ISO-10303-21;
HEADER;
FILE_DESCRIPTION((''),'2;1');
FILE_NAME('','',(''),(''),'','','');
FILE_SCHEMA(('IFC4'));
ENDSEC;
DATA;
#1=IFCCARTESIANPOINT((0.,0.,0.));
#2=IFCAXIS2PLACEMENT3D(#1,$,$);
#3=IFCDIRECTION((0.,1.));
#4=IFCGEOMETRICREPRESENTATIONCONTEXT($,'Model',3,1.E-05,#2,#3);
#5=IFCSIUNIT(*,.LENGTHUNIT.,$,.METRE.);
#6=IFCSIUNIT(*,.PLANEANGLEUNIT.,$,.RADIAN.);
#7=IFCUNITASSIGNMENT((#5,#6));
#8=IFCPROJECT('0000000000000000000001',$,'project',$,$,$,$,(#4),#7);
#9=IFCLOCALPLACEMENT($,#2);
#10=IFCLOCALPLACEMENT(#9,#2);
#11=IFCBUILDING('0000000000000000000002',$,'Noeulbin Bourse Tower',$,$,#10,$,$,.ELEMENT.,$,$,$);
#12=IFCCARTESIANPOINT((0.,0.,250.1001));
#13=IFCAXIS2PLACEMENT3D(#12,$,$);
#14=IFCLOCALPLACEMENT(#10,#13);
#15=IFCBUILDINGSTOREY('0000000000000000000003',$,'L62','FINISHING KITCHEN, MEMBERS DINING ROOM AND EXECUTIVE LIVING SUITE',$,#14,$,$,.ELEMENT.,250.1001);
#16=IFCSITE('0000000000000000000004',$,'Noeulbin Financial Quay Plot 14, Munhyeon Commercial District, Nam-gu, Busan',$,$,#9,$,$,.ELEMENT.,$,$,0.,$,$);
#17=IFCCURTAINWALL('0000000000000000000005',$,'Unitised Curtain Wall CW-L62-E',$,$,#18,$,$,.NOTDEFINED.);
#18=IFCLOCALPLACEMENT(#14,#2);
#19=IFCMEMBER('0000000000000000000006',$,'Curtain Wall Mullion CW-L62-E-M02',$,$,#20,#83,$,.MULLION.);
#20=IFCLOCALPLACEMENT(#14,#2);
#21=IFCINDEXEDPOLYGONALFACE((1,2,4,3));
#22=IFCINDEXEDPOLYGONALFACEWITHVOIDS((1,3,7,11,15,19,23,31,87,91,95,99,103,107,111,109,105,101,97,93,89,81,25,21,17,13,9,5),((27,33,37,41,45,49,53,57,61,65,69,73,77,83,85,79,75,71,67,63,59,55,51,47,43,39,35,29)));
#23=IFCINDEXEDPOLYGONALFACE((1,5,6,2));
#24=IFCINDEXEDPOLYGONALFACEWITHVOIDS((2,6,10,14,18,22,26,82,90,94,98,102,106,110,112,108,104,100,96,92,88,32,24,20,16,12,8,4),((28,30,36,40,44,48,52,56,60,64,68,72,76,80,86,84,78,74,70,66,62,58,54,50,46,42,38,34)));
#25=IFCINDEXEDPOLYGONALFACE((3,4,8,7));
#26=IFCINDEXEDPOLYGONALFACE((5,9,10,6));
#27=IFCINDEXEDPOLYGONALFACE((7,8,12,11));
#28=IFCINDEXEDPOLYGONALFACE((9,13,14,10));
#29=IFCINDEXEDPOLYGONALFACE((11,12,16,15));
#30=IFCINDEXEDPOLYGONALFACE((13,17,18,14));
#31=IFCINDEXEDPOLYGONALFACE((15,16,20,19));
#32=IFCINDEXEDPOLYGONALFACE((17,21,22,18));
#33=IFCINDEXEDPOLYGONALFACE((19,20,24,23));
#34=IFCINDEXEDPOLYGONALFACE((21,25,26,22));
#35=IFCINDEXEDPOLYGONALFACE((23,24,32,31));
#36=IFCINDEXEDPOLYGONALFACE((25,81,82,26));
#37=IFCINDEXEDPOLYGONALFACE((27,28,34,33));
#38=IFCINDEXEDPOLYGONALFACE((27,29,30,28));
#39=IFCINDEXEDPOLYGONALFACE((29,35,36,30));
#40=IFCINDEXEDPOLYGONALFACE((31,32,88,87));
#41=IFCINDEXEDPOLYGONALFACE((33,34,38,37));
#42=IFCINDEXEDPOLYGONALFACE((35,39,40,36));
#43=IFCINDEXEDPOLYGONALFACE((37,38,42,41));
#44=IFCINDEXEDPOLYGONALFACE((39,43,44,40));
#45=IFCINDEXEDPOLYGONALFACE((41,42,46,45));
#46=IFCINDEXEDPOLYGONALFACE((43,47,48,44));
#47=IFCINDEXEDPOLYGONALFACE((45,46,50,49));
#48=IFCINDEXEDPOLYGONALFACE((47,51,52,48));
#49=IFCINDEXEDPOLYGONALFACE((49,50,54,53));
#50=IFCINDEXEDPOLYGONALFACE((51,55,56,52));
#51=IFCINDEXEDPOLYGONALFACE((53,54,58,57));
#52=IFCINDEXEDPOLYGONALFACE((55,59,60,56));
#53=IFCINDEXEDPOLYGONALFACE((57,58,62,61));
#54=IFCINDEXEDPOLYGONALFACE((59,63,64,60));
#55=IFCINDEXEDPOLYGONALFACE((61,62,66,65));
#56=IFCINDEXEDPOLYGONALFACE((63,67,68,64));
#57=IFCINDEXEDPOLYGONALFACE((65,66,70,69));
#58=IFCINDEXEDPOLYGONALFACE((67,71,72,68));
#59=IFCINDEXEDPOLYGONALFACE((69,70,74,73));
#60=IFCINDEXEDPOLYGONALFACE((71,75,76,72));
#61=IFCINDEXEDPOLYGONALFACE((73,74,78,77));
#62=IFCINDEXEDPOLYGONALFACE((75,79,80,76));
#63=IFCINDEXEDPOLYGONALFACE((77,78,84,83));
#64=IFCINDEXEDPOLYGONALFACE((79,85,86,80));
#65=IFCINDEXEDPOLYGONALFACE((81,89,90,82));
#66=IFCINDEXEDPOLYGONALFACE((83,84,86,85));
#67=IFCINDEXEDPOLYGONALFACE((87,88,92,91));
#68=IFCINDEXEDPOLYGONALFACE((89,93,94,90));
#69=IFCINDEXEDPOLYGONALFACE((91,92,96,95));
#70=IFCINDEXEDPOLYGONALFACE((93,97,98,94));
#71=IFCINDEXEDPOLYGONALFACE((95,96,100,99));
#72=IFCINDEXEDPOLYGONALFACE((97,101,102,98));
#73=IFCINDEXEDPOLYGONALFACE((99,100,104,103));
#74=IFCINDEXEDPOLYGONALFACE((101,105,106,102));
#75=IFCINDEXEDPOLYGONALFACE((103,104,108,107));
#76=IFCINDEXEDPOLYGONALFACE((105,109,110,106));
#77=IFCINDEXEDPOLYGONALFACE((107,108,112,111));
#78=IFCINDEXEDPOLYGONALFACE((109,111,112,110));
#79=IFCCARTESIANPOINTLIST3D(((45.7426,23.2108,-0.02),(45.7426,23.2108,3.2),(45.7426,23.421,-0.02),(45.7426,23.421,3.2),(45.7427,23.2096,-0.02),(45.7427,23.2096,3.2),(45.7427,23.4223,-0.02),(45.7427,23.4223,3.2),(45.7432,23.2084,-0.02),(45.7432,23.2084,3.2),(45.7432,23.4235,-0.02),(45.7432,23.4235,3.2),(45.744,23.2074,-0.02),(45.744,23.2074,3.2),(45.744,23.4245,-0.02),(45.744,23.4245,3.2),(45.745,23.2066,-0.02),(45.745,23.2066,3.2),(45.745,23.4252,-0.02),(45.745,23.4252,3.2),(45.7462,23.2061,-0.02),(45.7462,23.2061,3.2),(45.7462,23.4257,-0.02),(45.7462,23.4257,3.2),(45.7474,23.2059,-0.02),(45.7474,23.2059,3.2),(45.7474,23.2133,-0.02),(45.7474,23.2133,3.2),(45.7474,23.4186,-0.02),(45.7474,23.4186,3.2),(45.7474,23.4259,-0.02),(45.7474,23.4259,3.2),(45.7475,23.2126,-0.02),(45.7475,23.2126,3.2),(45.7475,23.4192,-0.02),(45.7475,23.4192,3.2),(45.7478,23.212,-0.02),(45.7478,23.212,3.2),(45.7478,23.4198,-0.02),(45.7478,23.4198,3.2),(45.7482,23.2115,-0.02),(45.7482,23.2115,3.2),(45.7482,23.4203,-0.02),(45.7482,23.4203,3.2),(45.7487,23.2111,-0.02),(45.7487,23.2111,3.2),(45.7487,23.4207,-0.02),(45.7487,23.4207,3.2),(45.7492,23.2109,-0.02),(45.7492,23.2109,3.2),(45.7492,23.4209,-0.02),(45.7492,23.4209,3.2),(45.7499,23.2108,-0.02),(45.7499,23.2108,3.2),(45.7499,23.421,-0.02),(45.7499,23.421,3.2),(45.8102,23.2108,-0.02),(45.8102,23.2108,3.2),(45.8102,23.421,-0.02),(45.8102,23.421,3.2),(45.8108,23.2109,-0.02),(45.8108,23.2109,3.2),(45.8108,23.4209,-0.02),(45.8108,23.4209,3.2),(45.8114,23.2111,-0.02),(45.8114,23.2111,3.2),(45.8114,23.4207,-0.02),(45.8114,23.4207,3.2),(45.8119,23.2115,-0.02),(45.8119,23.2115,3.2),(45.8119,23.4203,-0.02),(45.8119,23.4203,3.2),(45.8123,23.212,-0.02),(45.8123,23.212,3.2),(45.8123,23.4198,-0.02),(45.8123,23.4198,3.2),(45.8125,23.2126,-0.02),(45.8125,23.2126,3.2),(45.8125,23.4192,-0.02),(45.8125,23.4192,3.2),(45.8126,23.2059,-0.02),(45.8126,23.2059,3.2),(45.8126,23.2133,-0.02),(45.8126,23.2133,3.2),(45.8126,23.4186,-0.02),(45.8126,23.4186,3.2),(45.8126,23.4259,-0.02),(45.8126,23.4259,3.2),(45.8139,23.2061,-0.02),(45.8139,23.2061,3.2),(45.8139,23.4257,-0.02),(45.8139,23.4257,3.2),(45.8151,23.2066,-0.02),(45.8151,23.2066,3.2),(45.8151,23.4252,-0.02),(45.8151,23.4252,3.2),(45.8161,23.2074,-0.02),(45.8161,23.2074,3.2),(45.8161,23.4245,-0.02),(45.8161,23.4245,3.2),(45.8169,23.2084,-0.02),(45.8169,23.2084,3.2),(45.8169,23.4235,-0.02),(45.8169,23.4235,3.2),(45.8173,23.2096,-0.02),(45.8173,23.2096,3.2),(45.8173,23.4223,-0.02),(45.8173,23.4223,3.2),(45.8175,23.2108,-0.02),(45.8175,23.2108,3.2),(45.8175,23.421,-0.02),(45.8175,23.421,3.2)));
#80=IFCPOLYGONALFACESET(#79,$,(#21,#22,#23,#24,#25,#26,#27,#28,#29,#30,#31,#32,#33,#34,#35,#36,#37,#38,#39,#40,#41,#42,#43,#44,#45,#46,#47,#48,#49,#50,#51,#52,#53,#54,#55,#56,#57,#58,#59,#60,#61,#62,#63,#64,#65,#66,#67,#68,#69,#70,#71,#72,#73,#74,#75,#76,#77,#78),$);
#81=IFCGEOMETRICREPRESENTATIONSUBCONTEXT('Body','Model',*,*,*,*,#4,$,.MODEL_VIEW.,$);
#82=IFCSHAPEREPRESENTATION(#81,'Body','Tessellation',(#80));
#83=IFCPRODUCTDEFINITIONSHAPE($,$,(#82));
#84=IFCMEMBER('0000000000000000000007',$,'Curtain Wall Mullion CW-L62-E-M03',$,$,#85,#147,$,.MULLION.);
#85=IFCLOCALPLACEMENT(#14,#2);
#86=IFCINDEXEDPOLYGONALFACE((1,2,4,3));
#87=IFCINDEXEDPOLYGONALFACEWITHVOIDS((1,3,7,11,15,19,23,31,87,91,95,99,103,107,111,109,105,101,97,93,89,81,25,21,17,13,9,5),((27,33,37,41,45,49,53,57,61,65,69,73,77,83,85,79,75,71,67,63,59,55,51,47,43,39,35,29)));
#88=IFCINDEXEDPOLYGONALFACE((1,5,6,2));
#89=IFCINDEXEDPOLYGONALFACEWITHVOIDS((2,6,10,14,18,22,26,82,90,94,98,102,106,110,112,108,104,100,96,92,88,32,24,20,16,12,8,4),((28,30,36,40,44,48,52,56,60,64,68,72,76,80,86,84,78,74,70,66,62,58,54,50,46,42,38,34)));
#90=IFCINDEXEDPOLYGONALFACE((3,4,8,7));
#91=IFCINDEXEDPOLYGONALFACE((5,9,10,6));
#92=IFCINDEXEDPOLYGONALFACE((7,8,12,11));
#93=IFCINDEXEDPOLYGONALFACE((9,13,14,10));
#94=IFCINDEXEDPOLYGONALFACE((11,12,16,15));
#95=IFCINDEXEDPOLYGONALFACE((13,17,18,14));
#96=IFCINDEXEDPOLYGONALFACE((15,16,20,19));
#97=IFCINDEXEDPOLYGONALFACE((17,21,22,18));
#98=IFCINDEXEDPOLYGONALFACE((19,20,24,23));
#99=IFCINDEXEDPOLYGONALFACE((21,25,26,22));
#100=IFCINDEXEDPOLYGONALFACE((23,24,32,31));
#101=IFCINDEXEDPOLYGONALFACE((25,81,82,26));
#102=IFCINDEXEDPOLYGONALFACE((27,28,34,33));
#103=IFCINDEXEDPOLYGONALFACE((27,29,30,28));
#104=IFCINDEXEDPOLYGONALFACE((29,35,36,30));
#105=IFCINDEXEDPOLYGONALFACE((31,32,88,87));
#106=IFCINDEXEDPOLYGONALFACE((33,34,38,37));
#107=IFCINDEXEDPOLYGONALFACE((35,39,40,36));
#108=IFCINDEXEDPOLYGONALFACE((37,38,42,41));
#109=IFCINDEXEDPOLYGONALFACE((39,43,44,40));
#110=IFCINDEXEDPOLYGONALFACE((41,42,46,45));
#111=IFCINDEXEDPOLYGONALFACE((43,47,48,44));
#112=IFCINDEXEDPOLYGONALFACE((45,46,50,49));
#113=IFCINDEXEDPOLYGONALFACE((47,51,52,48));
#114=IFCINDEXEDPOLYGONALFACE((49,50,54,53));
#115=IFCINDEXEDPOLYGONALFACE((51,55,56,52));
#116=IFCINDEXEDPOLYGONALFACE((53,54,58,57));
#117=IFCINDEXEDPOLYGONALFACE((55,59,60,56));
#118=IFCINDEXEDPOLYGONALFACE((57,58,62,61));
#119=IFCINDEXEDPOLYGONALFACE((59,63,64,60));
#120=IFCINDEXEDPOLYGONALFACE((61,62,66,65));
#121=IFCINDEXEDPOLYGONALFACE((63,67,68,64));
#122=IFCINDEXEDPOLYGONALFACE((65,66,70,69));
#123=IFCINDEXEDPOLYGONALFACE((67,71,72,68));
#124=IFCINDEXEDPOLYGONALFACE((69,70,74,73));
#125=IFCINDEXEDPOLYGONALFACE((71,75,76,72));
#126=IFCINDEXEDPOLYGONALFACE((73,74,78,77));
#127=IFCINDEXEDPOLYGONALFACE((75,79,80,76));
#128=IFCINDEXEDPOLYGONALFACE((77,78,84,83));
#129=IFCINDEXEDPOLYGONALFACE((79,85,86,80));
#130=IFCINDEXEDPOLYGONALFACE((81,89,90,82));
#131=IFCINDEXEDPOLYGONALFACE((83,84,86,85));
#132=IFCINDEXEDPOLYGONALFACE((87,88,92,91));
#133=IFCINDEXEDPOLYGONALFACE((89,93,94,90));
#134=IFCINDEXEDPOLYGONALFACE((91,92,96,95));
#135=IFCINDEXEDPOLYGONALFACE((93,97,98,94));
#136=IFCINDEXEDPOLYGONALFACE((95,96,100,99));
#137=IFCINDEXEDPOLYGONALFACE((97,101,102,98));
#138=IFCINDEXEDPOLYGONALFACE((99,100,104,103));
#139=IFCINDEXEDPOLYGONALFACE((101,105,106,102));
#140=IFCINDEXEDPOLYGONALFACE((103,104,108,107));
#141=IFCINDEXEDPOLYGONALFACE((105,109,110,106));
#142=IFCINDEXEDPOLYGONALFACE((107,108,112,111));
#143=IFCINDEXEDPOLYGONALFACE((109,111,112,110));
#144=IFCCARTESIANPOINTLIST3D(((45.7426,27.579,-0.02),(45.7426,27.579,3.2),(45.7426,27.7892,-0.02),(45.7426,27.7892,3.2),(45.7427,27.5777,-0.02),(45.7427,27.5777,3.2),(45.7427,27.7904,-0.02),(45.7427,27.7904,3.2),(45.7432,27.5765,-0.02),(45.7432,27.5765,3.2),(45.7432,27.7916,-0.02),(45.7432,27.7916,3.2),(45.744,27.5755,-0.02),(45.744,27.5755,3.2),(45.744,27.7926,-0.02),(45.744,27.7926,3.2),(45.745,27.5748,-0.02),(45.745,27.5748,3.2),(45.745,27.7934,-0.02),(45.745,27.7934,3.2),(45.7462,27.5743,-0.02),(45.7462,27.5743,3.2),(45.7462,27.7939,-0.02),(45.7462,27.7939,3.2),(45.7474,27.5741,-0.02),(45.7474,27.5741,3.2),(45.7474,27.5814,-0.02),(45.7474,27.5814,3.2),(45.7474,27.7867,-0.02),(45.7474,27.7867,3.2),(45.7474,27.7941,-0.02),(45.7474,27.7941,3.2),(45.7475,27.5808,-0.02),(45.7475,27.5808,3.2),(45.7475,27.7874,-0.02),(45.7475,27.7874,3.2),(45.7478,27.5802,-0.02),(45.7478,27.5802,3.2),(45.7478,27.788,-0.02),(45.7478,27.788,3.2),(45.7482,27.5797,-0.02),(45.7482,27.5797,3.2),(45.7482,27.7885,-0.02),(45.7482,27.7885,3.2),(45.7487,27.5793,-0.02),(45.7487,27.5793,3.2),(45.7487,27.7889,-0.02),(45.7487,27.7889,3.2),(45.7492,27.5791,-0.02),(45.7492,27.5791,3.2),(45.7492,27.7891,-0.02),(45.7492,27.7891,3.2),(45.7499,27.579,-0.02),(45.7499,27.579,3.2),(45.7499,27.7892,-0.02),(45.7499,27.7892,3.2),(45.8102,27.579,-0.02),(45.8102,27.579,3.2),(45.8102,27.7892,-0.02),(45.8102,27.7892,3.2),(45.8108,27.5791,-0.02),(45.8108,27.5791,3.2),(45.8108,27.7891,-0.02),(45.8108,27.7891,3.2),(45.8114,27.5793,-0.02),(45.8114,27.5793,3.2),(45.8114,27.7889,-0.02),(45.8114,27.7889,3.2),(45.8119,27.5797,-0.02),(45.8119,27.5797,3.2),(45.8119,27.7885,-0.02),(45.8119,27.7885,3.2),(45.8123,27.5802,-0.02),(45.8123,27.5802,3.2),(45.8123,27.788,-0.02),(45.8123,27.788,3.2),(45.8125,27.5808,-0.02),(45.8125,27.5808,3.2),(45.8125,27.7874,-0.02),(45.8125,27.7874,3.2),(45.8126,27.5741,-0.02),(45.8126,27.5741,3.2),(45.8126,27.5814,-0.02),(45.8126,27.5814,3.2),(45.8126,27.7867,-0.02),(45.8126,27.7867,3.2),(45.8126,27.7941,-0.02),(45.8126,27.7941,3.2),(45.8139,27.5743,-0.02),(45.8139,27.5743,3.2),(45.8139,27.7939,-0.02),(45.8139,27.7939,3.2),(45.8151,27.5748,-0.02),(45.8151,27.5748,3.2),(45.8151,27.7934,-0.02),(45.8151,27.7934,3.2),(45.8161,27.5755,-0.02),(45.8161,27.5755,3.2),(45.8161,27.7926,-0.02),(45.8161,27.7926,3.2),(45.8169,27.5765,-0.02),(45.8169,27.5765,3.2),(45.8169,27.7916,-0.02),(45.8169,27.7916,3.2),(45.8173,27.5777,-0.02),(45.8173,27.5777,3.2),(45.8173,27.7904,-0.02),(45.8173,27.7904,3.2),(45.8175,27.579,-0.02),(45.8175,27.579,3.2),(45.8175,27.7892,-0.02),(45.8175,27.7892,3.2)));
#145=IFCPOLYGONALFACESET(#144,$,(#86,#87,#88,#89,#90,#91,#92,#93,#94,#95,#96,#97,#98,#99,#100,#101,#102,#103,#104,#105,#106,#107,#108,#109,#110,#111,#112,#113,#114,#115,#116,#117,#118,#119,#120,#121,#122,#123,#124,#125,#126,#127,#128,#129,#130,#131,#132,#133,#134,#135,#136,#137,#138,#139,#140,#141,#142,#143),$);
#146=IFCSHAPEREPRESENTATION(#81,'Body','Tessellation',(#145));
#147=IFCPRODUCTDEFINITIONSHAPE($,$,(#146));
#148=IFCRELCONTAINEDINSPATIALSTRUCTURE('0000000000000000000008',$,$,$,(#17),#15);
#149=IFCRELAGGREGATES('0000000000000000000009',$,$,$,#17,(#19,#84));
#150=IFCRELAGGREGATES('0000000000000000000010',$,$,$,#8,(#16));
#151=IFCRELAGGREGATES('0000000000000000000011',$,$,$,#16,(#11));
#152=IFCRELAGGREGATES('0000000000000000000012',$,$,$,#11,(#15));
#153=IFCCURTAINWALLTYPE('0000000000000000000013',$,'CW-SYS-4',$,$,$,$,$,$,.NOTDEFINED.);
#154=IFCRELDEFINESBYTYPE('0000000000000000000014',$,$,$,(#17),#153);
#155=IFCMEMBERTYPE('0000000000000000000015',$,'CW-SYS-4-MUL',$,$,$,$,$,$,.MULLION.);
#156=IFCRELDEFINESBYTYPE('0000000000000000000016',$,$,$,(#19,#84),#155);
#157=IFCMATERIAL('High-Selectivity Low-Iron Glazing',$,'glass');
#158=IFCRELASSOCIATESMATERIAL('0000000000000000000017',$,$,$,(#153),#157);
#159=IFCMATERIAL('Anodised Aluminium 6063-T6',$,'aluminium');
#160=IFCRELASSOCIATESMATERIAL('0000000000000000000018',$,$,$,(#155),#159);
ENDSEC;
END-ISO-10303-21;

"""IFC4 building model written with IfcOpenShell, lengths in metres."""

from ifc_helpers import new_model, si_unit, direction, frame, origin, origin_2d, place, context, subcontext, project, spatial, hollow_rectangle, extrude, material, material_profile, profile_set, type_object, element, aggregate, save


model = new_model("IFC4")

# Units and contexts
model_context = context("Model", 3, precision=1e-05, world=origin(), true_north=direction((0.0, 1.0)))
body_context = subcontext(model_context, "Body", "Model", "MODEL_VIEW")
ifc_project = project(units=[si_unit("LENGTHUNIT", "METRE"), si_unit("PLANEANGLEUNIT", "RADIAN")], contexts=[model_context])

# Site, building, storey
site_placement = place(None, origin())
site = spatial("IfcSite", under=ifc_project, at=site_placement, Name="Noeulbin Financial Quay Plot 14, Munhyeon Commercial District, Nam-gu, Busan", CompositionType="ELEMENT", RefElevation=0.0)
building_placement = place(site_placement, origin())
building = spatial("IfcBuilding", under=site, at=building_placement, Name="Noeulbin Bourse Tower", CompositionType="ELEMENT")
storey_placement = place(building_placement, frame((0.0, 0.0, 250.1001)))
storey = spatial("IfcBuildingStorey", under=building, at=storey_placement, Name="L62", Description="FINISHING KITCHEN, MEMBERS DINING ROOM AND EXECUTIVE LIVING SUITE", CompositionType="ELEMENT", Elevation=250.1001)

# Curtain wall, members
ifc_material_1 = material(Name="High-Selectivity Low-Iron Glazing", Category="glass")
curtain_wall_type = type_object("IfcCurtainWallType", Name="CW-SYS-4", PredefinedType="NOTDEFINED", material=ifc_material_1)
ifc_material_2 = material(Name="Anodised Aluminium 6063-T6", Category="aluminium")
ifc_material_profile_1 = material_profile(ifc_material_2, hollow_rectangle(XDim=0.075, YDim=0.22, WallThickness=0.0049, InnerFilletRadius=0.0024, OuterFilletRadius=0.0049, at=origin_2d()), Name="ALU-MULL-75x220x5", Category="LoadBearing")
ifc_profile_set_1 = profile_set([ifc_material_profile_1], Name="Anodised Aluminium 6063-T6")
member_type_1 = type_object("IfcMemberType", Name="CW-SYS-4-MUL", PredefinedType="MULLION", material=ifc_profile_set_1)
curtain_wall_1_placement = place(storey_placement, origin())
curtain_wall_1 = element("IfcCurtainWall", 1, at=curtain_wall_1_placement, inside=storey, type_object=curtain_wall_type, Name="Unitised Curtain Wall CW-L62-E", PredefinedType="NOTDEFINED")
member_1_placement = place(storey_placement, frame((45.78, 23.3159, -0.02), z_axis=(0.0, 0.0, 1.0), x_axis=(1.0, 0.0, 0.0)))
member_1 = element("IfcMember", 2, at=member_1_placement, type_object=member_type_1, Name="Curtain Wall Mullion CW-L62-E-M02", PredefinedType="MULLION", context=body_context, shape_type="SweptSolid", body=[
    extrude(hollow_rectangle(XDim=0.075, YDim=0.22, WallThickness=0.0049, InnerFilletRadius=0.0024, OuterFilletRadius=0.0049, at=origin_2d()), origin(), (0.0, 0.0, 1.0), 3.22),
])
member_2_placement = place(storey_placement, frame((45.78, 27.6841, -0.02), z_axis=(0.0, 0.0, 1.0), x_axis=(1.0, 0.0, 0.0)))
member_2 = element("IfcMember", 3, at=member_2_placement, type_object=member_type_1, Name="Curtain Wall Mullion CW-L62-E-M03", PredefinedType="MULLION", context=body_context, shape_type="SweptSolid", body=[
    extrude(hollow_rectangle(XDim=0.075, YDim=0.22, WallThickness=0.0049, InnerFilletRadius=0.0024, OuterFilletRadius=0.0049, at=origin_2d()), origin(), (0.0, 0.0, 1.0), 3.22),
])

aggregate(curtain_wall_1, [member_1, member_2])

save(model, "model.ifc")
